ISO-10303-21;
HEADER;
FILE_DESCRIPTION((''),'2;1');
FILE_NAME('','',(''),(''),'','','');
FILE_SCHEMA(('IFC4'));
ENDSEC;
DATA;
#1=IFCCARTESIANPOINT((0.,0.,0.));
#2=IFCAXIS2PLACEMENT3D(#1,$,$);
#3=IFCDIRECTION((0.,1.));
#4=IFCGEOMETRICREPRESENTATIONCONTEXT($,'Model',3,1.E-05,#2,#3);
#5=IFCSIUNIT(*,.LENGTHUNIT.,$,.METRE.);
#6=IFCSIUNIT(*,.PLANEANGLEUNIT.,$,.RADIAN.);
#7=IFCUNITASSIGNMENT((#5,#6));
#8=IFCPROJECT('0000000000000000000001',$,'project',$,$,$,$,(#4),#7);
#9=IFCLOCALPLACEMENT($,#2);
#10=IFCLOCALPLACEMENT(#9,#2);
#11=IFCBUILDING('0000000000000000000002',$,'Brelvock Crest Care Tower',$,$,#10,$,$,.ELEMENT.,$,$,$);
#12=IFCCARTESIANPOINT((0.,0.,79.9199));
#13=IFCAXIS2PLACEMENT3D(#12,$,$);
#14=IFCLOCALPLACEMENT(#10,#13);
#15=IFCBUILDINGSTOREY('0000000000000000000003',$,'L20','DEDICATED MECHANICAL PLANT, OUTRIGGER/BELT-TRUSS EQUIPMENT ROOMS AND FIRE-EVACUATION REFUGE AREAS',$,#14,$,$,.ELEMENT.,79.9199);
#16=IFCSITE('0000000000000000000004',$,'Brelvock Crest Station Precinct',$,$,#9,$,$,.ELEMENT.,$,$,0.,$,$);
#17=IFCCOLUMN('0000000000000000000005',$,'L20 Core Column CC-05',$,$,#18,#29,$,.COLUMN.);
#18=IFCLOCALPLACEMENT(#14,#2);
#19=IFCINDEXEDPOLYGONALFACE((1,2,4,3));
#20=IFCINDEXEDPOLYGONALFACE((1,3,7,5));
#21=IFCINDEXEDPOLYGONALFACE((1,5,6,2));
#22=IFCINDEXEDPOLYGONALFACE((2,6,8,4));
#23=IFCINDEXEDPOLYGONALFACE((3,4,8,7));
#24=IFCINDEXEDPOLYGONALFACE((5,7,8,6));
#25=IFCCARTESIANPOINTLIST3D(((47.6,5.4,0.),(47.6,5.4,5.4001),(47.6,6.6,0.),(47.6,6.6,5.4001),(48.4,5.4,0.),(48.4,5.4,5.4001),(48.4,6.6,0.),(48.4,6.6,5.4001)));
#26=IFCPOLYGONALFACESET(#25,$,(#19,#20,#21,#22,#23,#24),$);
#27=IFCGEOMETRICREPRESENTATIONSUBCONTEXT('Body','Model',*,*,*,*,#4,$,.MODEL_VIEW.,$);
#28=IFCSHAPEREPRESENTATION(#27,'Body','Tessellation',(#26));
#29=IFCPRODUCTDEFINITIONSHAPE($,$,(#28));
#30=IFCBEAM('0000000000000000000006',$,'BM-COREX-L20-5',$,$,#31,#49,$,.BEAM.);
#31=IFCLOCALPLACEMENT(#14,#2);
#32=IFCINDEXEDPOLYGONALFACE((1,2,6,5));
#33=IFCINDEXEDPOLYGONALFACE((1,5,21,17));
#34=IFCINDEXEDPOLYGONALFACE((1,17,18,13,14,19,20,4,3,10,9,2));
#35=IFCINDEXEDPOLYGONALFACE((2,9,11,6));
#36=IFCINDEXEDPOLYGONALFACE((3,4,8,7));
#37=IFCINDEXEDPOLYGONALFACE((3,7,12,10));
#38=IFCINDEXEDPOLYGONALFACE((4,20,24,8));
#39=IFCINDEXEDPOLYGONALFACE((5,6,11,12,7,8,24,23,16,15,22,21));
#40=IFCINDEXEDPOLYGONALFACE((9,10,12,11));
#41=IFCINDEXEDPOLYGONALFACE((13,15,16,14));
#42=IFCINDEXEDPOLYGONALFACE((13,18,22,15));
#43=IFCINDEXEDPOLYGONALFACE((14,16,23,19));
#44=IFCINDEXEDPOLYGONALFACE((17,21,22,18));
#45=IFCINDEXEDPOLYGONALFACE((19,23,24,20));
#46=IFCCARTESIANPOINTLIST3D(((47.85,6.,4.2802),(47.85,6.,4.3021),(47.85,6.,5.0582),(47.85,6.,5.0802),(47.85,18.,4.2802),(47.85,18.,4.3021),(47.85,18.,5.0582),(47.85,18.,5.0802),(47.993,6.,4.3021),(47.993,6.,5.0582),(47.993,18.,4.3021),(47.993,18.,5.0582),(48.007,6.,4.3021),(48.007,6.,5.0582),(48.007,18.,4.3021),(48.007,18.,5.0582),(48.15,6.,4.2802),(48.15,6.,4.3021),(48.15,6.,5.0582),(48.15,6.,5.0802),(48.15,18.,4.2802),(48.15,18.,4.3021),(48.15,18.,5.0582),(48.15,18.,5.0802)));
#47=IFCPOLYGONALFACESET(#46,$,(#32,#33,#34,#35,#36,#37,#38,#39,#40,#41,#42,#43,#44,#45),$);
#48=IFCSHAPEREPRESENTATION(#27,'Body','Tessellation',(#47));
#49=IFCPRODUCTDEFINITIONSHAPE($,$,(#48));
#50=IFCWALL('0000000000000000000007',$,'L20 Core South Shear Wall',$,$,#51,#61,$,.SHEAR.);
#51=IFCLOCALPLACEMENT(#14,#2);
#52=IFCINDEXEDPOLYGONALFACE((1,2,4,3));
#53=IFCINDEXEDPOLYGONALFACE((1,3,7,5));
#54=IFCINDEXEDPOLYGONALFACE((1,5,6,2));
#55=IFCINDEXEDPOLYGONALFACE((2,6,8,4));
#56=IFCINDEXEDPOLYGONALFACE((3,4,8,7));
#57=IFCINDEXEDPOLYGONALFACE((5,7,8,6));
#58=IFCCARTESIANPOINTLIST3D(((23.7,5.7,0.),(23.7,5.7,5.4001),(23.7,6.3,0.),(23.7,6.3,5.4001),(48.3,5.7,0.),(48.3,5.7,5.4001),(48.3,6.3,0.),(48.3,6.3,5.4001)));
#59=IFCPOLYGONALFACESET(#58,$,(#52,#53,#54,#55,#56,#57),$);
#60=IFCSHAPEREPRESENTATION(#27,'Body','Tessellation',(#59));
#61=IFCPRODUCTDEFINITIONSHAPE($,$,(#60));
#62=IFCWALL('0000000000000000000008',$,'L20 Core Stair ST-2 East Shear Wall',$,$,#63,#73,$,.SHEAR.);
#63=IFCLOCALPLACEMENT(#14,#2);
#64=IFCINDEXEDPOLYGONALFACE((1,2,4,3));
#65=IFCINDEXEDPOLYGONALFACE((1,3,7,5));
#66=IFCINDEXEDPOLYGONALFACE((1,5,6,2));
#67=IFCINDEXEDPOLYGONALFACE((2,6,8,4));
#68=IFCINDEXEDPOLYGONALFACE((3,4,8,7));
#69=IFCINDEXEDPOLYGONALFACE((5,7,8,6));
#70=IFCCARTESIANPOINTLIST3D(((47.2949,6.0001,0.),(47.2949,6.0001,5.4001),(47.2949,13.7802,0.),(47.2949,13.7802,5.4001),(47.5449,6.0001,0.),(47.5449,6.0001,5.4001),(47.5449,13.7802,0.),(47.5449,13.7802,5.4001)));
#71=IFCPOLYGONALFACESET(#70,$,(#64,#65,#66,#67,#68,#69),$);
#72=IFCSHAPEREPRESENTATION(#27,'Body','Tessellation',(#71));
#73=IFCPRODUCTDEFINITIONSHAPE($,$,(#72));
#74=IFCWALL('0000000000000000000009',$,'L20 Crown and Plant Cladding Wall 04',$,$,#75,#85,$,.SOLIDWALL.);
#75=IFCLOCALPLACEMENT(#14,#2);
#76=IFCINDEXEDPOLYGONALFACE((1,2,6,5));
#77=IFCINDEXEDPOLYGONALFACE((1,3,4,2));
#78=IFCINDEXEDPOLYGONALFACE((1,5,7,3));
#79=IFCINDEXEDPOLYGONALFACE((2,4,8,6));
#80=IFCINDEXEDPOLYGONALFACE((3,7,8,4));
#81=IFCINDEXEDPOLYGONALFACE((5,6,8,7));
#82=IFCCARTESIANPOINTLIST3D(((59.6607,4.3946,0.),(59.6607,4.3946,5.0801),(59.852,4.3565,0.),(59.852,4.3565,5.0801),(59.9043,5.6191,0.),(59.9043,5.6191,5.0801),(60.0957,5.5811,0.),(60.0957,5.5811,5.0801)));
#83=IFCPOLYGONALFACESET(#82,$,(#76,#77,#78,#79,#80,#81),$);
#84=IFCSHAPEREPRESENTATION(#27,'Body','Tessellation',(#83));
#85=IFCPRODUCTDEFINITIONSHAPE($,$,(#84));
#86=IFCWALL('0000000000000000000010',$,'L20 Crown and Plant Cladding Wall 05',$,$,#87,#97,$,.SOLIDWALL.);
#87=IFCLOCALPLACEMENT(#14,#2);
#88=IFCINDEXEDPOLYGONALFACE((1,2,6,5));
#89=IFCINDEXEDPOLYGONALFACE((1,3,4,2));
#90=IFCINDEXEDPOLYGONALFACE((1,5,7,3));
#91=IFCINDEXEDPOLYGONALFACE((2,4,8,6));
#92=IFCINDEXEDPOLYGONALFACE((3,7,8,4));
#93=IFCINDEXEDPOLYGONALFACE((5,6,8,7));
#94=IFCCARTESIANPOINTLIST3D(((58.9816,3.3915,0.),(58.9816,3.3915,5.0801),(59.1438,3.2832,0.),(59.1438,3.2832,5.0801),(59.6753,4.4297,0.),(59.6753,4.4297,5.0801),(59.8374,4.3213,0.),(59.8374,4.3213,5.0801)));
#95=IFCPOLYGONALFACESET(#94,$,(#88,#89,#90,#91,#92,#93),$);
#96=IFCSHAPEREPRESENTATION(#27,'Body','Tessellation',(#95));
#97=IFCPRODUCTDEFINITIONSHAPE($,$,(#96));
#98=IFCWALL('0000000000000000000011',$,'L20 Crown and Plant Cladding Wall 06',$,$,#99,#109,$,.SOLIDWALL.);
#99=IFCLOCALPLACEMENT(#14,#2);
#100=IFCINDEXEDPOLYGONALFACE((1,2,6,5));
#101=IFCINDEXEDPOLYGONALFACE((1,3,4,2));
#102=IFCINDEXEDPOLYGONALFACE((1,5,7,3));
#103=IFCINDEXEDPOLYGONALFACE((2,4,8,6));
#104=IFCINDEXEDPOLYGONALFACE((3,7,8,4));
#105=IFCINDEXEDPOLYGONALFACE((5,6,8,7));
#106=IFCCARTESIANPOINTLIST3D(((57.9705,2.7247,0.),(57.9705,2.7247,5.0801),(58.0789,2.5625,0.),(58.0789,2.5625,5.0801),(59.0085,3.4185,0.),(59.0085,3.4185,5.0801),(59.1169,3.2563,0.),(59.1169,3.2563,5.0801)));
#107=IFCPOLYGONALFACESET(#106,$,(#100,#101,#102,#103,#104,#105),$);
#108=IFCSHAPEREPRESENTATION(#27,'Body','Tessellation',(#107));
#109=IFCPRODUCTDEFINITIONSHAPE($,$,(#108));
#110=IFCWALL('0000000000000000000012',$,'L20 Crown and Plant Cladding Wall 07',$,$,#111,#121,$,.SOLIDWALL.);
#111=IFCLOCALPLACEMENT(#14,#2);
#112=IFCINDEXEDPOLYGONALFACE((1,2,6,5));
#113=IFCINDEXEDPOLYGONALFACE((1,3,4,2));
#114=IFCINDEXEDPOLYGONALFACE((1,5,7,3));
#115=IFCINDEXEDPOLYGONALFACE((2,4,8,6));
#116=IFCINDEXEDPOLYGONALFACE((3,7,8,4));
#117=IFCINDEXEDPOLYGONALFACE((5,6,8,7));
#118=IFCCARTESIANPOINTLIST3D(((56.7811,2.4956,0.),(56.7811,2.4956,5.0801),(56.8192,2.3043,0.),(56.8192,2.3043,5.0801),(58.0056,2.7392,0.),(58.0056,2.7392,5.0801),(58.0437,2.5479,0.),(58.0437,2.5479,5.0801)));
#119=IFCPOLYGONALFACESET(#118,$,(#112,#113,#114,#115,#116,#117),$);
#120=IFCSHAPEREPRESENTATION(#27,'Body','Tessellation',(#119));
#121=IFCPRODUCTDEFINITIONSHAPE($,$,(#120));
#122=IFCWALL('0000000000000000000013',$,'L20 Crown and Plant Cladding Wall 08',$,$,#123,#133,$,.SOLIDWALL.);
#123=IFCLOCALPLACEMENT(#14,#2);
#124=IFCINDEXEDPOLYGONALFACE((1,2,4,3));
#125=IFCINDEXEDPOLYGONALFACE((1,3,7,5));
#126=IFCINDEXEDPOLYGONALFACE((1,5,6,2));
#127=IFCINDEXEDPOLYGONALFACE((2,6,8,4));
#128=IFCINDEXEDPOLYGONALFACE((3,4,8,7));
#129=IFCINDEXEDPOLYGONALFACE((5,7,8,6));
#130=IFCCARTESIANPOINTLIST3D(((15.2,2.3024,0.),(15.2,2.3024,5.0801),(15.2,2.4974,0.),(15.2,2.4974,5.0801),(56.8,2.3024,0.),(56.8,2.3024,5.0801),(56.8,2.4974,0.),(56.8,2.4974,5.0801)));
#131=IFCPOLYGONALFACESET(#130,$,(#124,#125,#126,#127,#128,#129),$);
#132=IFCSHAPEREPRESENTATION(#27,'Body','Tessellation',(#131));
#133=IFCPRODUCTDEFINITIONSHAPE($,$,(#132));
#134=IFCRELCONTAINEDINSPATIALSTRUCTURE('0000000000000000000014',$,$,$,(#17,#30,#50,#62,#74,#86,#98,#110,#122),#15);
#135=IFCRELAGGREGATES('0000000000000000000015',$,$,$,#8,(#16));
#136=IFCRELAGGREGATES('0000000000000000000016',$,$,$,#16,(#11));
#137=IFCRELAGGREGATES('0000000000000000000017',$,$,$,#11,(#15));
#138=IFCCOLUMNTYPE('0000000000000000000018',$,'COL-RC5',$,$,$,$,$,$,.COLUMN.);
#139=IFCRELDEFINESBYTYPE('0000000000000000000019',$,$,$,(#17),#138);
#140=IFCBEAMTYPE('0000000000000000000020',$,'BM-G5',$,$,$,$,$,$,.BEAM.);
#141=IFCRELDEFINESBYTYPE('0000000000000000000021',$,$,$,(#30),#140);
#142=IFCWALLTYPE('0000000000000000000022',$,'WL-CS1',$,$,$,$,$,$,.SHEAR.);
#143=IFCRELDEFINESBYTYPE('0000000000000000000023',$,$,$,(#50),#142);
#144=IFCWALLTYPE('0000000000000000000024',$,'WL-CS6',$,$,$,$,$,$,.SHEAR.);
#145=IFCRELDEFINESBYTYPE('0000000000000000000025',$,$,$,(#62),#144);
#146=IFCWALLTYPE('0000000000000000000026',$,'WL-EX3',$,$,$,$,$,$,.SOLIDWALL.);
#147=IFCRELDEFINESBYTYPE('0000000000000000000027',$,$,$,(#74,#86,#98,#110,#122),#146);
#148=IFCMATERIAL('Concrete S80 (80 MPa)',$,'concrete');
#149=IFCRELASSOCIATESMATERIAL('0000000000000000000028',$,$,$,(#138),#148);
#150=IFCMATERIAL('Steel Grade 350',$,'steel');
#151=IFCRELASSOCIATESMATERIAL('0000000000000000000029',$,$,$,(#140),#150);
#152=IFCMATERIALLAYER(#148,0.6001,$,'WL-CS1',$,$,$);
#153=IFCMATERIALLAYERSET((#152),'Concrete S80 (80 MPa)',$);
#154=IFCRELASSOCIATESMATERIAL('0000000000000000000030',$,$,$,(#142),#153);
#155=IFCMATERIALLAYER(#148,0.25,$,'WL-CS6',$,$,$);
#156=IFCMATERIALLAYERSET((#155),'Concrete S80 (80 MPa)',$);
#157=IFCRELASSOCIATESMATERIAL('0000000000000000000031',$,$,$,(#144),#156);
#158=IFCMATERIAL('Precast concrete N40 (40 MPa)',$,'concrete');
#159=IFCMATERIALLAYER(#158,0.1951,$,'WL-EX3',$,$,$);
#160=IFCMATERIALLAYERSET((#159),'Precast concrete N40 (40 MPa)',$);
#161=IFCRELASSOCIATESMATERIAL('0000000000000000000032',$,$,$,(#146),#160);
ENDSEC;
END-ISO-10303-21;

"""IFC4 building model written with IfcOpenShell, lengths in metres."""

from ifc_helpers import new_model, si_unit, direction, frame, frame_2d, origin, origin_2d, place, context, subcontext, project, spatial, rectangle, i_section, extrude, source, transform, mapped, material, layer, layer_set, material_profile, profile_set, type_object, element, save


model = new_model("IFC4")

# Units and contexts
model_context = context("Model", 3, precision=1e-05, world=origin(), true_north=direction((0.0, 1.0)))
body_context = subcontext(model_context, "Body", "Model", "MODEL_VIEW")
ifc_project = project(units=[si_unit("LENGTHUNIT", "METRE"), si_unit("PLANEANGLEUNIT", "RADIAN")], contexts=[model_context])

# Site, building, storey
site_placement = place(None, origin())
site = spatial("IfcSite", under=ifc_project, at=site_placement, Name="Brelvock Crest Station Precinct", CompositionType="ELEMENT", RefElevation=0.0)
building_placement = place(site_placement, origin())
building = spatial("IfcBuilding", under=site, at=building_placement, Name="Brelvock Crest Care Tower", CompositionType="ELEMENT")
storey_placement = place(building_placement, frame((0.0, 0.0, 79.9199)))
storey = spatial("IfcBuildingStorey", under=building, at=storey_placement, Name="L20", Description="DEDICATED MECHANICAL PLANT, OUTRIGGER/BELT-TRUSS EQUIPMENT ROOMS AND FIRE-EVACUATION REFUGE AREAS", CompositionType="ELEMENT", Elevation=79.9199)

# Column
ifc_material_1 = material(Name="Concrete S80 (80 MPa)", Category="concrete")
ifc_material_profile_1 = material_profile(ifc_material_1, rectangle(XDim=0.8, YDim=1.2, at=origin_2d()), Name="RC800x1200")
ifc_profile_set_1 = profile_set([ifc_material_profile_1], Name="Concrete S80 (80 MPa)")
column_type = type_object("IfcColumnType", Name="COL-RC5", PredefinedType="COLUMN", material=ifc_profile_set_1)
shared_shape_1 = source(origin(), body_context, "Body", "SweptSolid", [
    extrude(rectangle(XDim=0.8, YDim=1.2, at=origin_2d()), origin(), (0.0, 0.0, 1.0), 5.4001),
])
column_placement = place(storey_placement, frame((48.0, 6.0, 0.0), z_axis=(0.0, 0.0, 1.0), x_axis=(1.0, 0.0, 0.0)))
element("IfcColumn", 1, at=column_placement, inside=storey, type_object=column_type, Name="L20 Core Column CC-05", PredefinedType="COLUMN", context=body_context, shape_type="MappedRepresentation", body=[
    mapped(shared_shape_1, transform((0.0, 0.0, 0.0), x_axis=(1.0, 0.0, 0.0), y_axis=(0.0, 1.0, 0.0), z_axis=(0.0, 0.0, 1.0), scale=1.0)),
])

# Beam
ifc_material_2 = material(Name="Steel Grade 350", Category="steel")
ifc_material_profile_2 = material_profile(ifc_material_2, i_section(OverallWidth=0.3, OverallDepth=0.8, WebThickness=0.0139, FlangeThickness=0.022, at=origin_2d()), Name="800WB192")
ifc_profile_set_2 = profile_set([ifc_material_profile_2], Name="Steel Grade 350")
beam_type = type_object("IfcBeamType", Name="BM-G5", PredefinedType="BEAM", material=ifc_profile_set_2)
shared_shape_2 = source(origin(), body_context, "Body", "SweptSolid", [
    extrude(i_section(OverallWidth=0.3, OverallDepth=0.8, WebThickness=0.0139, FlangeThickness=0.022, at=origin_2d()), origin(), (0.0, 0.0, 1.0), 12.0),
])
beam_placement = place(storey_placement, frame((48.0, 6.0, 4.6802), z_axis=(0.0, 1.0, 0.0), x_axis=(-1.0, 0.0, 0.0)))
element("IfcBeam", 2, at=beam_placement, inside=storey, type_object=beam_type, Name="BM-COREX-L20-5", PredefinedType="BEAM", context=body_context, shape_type="MappedRepresentation", body=[
    mapped(shared_shape_2, transform((0.0, 0.0, 0.0), x_axis=(1.0, 0.0, 0.0), y_axis=(0.0, 1.0, 0.0), z_axis=(0.0, 0.0, 1.0), scale=1.0)),
])

# Walls
ifc_layer_1 = layer(ifc_material_1, 0.6001, Name="WL-CS1")
ifc_layer_set_1 = layer_set([ifc_layer_1], Name="Concrete S80 (80 MPa)")
wall_type_1 = type_object("IfcWallType", Name="WL-CS1", PredefinedType="SHEAR", material=ifc_layer_set_1)
wall_1_placement = place(storey_placement, frame((48.3, 6.0, 0.0), z_axis=(0.0, 0.0, 1.0), x_axis=(-1.0, 0.0, 0.0)))
element("IfcWall", 3, at=wall_1_placement, inside=storey, type_object=wall_type_1, Name="L20 Core South Shear Wall", PredefinedType="SHEAR", context=body_context, shape_type="SweptSolid", body=[
    extrude(rectangle(XDim=24.6001, YDim=0.6001, at=frame_2d((12.3, 0.0))), origin(), (0.0, 0.0, 1.0), 5.4001),
])
ifc_layer_2 = layer(ifc_material_1, 0.25, Name="WL-CS6")
ifc_layer_set_2 = layer_set([ifc_layer_2], Name="Concrete S80 (80 MPa)")
wall_type_2 = type_object("IfcWallType", Name="WL-CS6", PredefinedType="SHEAR", material=ifc_layer_set_2)
wall_2_placement = place(storey_placement, frame((47.4199, 6.0, 0.0), z_axis=(0.0, 0.0, 1.0), x_axis=(0.0, 1.0, 0.0)))
element("IfcWall", 4, at=wall_2_placement, inside=storey, type_object=wall_type_2, Name="L20 Core Stair ST-2 East Shear Wall", PredefinedType="SHEAR", context=body_context, shape_type="SweptSolid", body=[
    extrude(rectangle(XDim=7.78, YDim=0.25, at=frame_2d((3.8901, 0.0))), origin(), (0.0, 0.0, 1.0), 5.4001),
])
ifc_material_3 = material(Name="Precast concrete N40 (40 MPa)", Category="concrete")
ifc_layer_3 = layer(ifc_material_3, 0.1951, Name="WL-EX3")
ifc_layer_set_3 = layer_set([ifc_layer_3], Name="Precast concrete N40 (40 MPa)")
wall_type_3 = type_object("IfcWallType", Name="WL-EX3", PredefinedType="SOLIDWALL", material=ifc_layer_set_3)
for number, where, z_axis, x_axis, name in (
    (5, (60.0, 5.6001, 0.0), (0.0, 0.0, 1.0), (-0.195138, -0.980776, 0.0), "L20 Crown and Plant Cladding Wall 04"),
    (6, (59.7563, 4.3755, 0.0), (0.0, 0.0, 1.0), (-0.555557, -0.831478, 0.0), "L20 Crown and Plant Cladding Wall 05"),
    (7, (59.0627, 3.3374, 0.0), (0.0, 0.0, 1.0), (-0.831388, -0.555692, 0.0), "L20 Crown and Plant Cladding Wall 06"),
    (8, (58.0247, 2.6436, 0.0), (0.0, 0.0, 1.0), (-0.980776, -0.195138, 0.0), "L20 Crown and Plant Cladding Wall 07"),
):
    element("IfcWall", number, at=place(storey_placement, frame(where, z_axis=z_axis, x_axis=x_axis)), inside=storey, type_object=wall_type_3, Name=name, PredefinedType="SOLIDWALL", context=body_context, shape_type="SweptSolid", body=[
        extrude(rectangle(XDim=1.2485, YDim=0.1951, at=frame_2d((0.6243, 0.0))), origin(), (0.0, 0.0, 1.0), 5.0801),
    ])
wall_3_placement = place(storey_placement, frame((56.8, 2.3999, 0.0), z_axis=(0.0, 0.0, 1.0), x_axis=(-1.0, 0.0, 0.0)))
element("IfcWall", 9, at=wall_3_placement, inside=storey, type_object=wall_type_3, Name="L20 Crown and Plant Cladding Wall 08", PredefinedType="SOLIDWALL", context=body_context, shape_type="SweptSolid", body=[
    extrude(rectangle(XDim=41.6001, YDim=0.1951, at=frame_2d((20.8, 0.0))), origin(), (0.0, 0.0, 1.0), 5.0801),
])

save(model, "model.ifc")
